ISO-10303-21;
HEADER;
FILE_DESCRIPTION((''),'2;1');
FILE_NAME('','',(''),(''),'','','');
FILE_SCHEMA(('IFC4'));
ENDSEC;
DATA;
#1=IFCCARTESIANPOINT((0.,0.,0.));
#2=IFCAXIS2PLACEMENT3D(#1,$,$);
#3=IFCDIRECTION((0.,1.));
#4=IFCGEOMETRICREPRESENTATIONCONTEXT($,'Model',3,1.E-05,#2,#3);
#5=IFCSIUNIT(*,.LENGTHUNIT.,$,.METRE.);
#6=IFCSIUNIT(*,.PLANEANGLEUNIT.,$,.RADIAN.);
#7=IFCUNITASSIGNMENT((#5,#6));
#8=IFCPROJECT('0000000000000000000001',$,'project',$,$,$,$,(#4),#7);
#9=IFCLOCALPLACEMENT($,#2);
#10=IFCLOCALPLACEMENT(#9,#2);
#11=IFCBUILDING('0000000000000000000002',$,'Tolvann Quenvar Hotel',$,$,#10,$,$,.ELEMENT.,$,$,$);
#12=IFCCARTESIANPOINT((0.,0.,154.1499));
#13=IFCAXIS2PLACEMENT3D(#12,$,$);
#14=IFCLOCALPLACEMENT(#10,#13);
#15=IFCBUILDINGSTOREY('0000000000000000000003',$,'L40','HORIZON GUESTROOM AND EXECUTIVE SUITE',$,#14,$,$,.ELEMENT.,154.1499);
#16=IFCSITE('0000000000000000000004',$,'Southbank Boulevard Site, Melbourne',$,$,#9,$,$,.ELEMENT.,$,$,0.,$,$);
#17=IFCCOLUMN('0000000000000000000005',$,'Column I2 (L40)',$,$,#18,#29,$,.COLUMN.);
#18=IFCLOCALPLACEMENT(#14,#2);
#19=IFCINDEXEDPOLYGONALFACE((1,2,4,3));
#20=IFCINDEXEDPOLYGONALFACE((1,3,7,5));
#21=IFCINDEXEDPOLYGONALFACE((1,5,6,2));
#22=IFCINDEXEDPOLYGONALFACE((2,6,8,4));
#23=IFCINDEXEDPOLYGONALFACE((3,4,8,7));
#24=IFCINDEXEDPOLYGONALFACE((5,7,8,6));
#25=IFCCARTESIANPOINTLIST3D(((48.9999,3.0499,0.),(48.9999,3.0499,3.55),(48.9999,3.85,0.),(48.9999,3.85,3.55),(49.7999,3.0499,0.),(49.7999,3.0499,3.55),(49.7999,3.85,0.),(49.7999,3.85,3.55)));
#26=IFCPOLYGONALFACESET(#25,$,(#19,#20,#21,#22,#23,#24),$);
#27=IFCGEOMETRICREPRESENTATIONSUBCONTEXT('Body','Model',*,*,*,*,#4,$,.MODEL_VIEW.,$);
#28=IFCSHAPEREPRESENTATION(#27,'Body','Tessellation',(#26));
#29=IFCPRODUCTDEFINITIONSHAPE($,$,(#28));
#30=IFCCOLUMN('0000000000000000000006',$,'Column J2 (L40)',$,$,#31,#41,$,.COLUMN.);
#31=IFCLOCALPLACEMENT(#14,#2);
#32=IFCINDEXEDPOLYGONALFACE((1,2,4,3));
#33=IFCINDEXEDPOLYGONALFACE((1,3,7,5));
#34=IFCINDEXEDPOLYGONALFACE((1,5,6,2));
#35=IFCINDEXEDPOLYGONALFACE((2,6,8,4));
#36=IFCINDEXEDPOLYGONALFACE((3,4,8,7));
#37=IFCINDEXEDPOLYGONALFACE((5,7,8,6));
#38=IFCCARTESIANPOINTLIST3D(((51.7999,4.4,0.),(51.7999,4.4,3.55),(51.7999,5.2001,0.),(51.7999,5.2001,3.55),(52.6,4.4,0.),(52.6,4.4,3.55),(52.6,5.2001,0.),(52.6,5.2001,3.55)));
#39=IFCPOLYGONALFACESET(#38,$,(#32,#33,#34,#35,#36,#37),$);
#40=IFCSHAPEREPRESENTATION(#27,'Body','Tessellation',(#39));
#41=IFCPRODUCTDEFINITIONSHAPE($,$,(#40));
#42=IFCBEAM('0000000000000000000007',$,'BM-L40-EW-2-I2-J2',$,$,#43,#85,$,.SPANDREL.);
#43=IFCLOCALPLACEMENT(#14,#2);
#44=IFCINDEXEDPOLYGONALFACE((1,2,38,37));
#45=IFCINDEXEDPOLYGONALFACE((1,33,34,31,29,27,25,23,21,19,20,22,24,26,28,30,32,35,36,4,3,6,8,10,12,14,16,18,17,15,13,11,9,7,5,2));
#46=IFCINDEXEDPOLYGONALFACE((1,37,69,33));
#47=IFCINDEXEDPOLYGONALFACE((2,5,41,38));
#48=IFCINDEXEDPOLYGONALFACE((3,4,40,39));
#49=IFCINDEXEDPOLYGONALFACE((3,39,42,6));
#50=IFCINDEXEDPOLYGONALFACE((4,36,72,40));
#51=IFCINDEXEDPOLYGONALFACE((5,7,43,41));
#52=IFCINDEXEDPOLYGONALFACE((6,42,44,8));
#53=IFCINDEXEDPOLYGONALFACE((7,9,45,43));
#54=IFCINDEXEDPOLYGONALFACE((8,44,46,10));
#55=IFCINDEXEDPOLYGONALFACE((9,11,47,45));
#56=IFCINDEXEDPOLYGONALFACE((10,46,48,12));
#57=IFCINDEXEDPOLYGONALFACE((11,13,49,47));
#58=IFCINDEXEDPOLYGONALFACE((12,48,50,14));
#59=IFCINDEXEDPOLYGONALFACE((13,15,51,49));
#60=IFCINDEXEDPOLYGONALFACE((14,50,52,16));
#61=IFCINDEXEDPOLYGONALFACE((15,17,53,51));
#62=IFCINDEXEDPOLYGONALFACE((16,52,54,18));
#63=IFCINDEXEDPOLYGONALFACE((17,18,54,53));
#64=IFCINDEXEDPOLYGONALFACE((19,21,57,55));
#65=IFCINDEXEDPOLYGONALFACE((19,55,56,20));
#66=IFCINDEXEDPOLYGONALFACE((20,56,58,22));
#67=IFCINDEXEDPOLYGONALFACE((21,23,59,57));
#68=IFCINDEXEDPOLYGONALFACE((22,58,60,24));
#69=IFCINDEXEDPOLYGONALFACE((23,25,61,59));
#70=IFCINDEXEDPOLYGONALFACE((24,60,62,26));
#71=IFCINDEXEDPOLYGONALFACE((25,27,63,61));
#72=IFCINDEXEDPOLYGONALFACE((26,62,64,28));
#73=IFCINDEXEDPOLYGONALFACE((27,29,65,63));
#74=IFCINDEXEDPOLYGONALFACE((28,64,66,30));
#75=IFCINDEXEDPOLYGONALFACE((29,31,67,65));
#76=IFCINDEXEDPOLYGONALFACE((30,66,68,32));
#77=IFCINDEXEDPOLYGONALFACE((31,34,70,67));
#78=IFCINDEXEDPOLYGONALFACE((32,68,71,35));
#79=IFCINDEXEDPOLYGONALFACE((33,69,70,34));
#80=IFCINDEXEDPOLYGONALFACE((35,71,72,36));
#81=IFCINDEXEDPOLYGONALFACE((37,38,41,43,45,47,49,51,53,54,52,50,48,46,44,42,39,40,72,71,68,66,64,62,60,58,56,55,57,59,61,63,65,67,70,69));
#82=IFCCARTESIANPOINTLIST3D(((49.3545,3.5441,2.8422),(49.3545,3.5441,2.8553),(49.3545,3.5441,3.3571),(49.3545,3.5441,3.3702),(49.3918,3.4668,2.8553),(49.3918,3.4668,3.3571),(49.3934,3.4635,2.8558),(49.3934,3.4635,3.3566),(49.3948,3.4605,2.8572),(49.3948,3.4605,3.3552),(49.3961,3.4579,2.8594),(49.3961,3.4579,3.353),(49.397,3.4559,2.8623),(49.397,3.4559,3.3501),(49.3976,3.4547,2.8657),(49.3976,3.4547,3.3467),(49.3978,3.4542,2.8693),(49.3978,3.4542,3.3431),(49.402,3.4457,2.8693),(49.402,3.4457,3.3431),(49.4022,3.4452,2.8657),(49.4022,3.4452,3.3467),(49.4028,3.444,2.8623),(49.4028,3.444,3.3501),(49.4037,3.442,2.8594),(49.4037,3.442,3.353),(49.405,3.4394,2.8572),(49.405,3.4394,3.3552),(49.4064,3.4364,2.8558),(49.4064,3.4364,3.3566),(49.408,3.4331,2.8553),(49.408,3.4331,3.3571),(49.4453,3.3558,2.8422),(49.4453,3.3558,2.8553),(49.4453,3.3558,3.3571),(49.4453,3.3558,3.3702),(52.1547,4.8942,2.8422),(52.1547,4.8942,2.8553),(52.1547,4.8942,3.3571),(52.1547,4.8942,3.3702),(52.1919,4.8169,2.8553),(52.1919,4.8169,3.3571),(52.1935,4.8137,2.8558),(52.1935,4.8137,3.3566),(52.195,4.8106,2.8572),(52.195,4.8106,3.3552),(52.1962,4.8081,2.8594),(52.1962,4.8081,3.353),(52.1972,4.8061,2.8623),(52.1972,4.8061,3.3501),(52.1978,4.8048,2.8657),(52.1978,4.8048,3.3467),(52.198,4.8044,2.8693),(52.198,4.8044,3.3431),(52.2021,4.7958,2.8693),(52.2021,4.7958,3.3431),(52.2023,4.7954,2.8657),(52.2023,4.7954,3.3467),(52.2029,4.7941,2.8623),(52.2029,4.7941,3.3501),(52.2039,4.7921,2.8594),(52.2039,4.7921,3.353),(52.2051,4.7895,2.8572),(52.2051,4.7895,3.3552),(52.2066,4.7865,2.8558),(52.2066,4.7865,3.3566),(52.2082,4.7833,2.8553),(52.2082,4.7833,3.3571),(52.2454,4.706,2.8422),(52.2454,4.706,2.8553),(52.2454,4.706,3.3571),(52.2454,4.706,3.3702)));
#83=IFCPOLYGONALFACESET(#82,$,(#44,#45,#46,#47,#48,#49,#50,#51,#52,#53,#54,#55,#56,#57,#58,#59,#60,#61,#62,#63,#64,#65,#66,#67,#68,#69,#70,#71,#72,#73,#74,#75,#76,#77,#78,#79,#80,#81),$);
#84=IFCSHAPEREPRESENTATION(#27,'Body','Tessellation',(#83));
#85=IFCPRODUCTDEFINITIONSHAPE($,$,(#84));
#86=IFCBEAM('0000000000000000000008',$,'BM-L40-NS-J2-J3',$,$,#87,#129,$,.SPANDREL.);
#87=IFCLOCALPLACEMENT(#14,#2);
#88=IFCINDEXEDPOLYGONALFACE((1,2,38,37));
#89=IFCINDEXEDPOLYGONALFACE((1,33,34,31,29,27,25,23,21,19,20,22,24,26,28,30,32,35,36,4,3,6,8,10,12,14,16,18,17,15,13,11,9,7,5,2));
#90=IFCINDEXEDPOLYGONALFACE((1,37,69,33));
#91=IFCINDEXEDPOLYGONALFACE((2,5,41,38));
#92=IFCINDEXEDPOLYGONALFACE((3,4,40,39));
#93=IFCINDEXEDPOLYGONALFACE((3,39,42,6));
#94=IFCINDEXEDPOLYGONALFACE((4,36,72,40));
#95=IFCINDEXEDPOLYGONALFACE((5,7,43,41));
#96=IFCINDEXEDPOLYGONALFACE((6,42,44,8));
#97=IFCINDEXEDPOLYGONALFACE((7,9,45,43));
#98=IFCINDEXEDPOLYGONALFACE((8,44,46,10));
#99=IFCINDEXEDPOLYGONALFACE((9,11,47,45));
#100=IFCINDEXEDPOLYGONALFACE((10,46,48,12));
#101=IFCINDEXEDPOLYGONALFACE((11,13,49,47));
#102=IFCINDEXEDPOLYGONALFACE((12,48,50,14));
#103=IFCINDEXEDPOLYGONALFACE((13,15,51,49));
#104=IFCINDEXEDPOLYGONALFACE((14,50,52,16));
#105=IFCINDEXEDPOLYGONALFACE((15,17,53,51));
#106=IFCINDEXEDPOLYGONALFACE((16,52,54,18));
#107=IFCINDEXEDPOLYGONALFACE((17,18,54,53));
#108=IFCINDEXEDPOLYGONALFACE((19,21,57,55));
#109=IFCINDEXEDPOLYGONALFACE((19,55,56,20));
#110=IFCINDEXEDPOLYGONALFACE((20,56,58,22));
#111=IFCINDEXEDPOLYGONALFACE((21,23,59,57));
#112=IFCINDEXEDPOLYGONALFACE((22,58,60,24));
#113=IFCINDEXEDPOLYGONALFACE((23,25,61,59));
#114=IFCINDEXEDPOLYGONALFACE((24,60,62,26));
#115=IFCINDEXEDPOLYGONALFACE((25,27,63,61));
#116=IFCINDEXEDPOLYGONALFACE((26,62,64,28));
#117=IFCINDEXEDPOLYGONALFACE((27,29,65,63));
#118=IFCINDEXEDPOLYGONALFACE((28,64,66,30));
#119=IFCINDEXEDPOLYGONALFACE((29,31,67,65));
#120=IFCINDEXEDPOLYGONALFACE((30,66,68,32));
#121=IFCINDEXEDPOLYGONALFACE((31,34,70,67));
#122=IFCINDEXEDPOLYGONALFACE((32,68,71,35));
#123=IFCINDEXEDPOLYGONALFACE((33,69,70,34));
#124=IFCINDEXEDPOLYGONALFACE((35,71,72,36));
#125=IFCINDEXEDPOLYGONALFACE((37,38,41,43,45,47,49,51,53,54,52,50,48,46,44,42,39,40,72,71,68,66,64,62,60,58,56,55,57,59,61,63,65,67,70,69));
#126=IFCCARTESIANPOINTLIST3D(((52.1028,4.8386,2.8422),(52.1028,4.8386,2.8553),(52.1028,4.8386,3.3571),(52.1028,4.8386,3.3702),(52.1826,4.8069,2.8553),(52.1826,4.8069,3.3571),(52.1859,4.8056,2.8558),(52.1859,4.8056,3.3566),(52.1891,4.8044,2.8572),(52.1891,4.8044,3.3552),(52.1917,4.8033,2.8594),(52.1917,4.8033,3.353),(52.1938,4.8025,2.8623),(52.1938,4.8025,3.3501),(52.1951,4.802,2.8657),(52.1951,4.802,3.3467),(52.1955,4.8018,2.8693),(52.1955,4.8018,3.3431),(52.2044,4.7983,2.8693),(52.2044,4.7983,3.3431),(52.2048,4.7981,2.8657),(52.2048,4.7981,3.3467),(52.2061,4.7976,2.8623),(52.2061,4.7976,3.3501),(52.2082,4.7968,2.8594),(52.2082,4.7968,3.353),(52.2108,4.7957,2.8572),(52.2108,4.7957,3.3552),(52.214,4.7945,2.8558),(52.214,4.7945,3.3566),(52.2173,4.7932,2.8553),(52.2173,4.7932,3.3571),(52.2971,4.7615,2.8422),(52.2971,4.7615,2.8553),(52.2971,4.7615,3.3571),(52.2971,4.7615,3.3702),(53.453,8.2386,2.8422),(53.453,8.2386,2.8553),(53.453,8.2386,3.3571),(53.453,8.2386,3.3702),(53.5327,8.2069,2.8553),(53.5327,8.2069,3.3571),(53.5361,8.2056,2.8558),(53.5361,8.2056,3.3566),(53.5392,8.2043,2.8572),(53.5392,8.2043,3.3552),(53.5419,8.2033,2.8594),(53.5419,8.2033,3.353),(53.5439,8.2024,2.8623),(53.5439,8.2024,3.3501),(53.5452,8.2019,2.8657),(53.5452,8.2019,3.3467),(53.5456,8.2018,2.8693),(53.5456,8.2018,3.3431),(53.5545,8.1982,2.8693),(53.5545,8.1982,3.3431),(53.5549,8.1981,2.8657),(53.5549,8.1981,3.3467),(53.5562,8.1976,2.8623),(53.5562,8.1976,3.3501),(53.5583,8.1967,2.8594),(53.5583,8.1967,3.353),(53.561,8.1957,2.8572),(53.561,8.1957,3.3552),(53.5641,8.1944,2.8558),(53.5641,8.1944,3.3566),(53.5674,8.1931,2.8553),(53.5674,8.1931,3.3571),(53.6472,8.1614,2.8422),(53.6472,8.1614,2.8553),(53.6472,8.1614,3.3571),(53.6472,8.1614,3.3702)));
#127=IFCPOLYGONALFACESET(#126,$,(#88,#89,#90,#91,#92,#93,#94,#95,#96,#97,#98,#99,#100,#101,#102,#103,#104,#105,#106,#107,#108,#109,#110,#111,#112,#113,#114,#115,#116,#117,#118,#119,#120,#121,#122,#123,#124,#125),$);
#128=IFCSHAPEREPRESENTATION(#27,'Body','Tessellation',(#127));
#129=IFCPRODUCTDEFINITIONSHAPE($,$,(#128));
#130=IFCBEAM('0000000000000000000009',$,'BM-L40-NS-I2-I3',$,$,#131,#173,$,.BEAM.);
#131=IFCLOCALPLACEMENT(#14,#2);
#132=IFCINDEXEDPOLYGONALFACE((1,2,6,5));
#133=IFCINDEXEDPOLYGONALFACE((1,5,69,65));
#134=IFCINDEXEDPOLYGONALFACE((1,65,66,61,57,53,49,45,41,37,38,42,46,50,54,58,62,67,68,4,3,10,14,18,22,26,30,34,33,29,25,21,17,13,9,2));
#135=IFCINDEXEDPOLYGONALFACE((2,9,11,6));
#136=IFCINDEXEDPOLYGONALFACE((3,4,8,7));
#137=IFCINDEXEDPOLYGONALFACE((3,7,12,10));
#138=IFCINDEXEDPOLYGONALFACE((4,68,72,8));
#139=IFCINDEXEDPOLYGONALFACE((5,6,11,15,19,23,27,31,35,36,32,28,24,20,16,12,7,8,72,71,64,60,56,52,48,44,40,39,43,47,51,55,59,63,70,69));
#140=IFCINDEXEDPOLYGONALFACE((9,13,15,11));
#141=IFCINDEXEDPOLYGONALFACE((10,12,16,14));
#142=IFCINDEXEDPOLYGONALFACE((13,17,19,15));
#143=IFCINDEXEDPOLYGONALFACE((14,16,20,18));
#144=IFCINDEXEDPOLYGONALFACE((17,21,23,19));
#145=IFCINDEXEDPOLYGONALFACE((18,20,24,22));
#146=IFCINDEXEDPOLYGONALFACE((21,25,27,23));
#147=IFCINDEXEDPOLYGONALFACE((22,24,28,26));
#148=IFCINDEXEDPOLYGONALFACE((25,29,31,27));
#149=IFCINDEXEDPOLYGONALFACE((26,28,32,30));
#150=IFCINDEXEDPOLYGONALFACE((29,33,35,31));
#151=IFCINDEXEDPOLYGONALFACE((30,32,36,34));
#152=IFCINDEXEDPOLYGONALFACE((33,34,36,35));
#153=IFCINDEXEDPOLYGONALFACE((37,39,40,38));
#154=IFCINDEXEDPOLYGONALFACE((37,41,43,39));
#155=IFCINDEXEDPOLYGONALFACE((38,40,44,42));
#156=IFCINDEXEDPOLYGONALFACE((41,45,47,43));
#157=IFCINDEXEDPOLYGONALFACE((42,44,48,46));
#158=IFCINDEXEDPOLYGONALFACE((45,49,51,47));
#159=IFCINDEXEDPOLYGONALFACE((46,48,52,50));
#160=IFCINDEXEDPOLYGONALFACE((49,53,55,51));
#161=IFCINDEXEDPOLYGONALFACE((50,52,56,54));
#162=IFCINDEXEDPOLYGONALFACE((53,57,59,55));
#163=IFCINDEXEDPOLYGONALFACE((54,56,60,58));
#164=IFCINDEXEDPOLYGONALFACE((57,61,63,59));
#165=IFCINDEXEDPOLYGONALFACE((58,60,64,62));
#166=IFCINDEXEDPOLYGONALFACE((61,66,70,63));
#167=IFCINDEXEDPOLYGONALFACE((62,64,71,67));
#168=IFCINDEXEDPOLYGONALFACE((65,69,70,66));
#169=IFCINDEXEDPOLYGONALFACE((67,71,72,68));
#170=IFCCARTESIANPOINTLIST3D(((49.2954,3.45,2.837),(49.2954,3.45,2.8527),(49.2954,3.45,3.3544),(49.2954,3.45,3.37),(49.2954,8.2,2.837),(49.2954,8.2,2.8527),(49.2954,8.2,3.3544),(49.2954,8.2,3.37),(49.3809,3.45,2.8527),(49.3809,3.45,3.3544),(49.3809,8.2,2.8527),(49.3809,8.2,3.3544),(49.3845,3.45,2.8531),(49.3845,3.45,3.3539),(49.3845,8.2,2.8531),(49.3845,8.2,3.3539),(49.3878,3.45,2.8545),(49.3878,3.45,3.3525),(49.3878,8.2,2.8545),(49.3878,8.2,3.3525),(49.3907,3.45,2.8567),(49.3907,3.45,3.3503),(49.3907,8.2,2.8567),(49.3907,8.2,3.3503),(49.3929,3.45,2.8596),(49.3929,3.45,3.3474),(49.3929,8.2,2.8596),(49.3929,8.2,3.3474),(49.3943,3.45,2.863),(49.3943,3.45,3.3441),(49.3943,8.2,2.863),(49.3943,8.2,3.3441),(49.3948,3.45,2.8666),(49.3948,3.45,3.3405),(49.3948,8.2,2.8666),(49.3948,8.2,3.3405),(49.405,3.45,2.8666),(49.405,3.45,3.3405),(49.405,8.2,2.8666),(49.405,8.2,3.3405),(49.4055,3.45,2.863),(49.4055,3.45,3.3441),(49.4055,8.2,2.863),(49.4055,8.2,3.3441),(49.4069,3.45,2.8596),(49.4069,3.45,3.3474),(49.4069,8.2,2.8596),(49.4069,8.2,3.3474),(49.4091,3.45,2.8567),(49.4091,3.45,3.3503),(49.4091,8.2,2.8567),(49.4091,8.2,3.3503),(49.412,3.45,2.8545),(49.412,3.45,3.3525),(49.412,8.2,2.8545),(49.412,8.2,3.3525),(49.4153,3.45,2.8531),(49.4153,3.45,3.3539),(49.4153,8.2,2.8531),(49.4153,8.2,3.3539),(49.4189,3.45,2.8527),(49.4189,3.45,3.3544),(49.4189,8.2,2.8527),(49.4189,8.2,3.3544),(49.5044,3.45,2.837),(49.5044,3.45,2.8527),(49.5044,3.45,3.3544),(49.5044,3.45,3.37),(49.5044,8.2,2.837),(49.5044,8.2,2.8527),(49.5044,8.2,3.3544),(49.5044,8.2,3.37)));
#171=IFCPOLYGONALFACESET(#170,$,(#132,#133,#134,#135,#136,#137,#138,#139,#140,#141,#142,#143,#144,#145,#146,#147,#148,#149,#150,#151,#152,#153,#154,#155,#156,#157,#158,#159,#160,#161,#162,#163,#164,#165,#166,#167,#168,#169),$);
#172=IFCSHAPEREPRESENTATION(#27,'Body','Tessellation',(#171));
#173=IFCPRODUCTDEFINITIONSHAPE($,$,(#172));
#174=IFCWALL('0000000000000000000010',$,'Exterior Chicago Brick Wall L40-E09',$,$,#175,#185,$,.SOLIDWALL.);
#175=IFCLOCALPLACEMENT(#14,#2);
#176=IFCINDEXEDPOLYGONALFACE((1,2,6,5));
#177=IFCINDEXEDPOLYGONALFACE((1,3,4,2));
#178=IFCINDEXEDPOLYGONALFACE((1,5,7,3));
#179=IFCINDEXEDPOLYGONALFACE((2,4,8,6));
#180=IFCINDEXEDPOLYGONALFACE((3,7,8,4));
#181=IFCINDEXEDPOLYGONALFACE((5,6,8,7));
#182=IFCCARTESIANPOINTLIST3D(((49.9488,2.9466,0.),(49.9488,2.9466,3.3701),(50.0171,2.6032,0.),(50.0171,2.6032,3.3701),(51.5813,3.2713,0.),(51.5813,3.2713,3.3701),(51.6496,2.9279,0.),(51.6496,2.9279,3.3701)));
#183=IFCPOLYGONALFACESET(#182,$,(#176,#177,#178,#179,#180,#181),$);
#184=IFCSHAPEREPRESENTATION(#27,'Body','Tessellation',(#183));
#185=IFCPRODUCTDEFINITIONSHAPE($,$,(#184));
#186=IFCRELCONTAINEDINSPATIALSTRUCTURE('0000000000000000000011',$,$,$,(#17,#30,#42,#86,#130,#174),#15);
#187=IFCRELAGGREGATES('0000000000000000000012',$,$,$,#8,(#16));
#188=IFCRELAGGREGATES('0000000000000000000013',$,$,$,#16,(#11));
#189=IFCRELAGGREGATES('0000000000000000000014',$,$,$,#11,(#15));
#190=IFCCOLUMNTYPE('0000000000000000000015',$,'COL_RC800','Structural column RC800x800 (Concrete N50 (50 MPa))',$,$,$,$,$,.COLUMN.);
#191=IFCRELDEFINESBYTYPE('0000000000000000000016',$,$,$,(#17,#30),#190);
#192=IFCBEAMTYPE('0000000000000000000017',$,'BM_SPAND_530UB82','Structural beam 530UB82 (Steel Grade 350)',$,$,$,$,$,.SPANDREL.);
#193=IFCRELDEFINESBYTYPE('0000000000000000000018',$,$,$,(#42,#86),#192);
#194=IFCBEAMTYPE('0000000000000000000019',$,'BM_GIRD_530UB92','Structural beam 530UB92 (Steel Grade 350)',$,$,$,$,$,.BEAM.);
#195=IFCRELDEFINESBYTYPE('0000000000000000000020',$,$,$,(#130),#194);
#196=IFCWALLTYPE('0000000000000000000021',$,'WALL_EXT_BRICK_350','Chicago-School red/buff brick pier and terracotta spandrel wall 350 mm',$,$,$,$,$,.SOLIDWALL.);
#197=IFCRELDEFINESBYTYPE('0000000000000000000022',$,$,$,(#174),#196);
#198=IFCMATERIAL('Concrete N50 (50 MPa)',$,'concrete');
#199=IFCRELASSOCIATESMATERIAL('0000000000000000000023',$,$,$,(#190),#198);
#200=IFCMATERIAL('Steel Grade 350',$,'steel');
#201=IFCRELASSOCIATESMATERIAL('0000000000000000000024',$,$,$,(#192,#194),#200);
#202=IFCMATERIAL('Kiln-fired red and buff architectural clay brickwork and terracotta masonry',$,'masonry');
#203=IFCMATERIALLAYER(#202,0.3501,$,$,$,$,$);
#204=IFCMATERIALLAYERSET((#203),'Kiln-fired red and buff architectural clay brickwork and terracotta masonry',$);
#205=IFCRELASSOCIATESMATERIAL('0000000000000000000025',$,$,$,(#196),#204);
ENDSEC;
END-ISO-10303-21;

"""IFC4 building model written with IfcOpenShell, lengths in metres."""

from ifc_helpers import new_model, si_unit, direction, frame, frame_2d, origin, origin_2d, place, context, subcontext, project, spatial, rectangle, i_section, extrude, source, transform, mapped, material, layer, layer_set, material_profile, profile_set, type_object, type_shapes, element, save


model = new_model("IFC4")

# Units and contexts
model_context = context("Model", 3, precision=1e-05, world=origin(), true_north=direction((0.0, 1.0)))
body_context = subcontext(model_context, "Body", "Model", "MODEL_VIEW")
ifc_project = project(units=[si_unit("LENGTHUNIT", "METRE"), si_unit("PLANEANGLEUNIT", "RADIAN")], contexts=[model_context])

# Site, building, storey
site_placement = place(None, origin())
site = spatial("IfcSite", under=ifc_project, at=site_placement, Name="Southbank Boulevard Site, Melbourne", CompositionType="ELEMENT", RefElevation=0.0)
building_placement = place(site_placement, origin())
building = spatial("IfcBuilding", under=site, at=building_placement, Name="Tolvann Quenvar Hotel", CompositionType="ELEMENT")
storey_placement = place(building_placement, frame((0.0, 0.0, 154.1499)))
storey = spatial("IfcBuildingStorey", under=building, at=storey_placement, Name="L40", Description="HORIZON GUESTROOM AND EXECUTIVE SUITE", CompositionType="ELEMENT", Elevation=154.1499)

# Columns
ifc_material_1 = material(Name="Concrete N50 (50 MPa)", Category="concrete")
ifc_material_profile_1 = material_profile(ifc_material_1, rectangle(XDim=0.8, YDim=0.8, at=origin_2d()), Name="RC800x800")
ifc_profile_set_1 = profile_set([ifc_material_profile_1], Name="Concrete N50 (50 MPa)")
column_type = type_object("IfcColumnType", Name="COL_RC800", Description="Structural column RC800x800 (Concrete N50 (50 MPa))", PredefinedType="COLUMN", material=ifc_profile_set_1)
shared_shape_1 = source(origin(), body_context, "Body", "SweptSolid", [
    extrude(rectangle(XDim=0.8, YDim=0.8, at=origin_2d()), origin(), (0.0, 0.0, 1.0), 3.55),
])
type_shapes(column_type, [shared_shape_1])
for number, where, z_axis, x_axis, name in (
    (1, (49.3999, 3.45, 0.0), (0.0, 0.0, 1.0), (1.0, 0.0, 0.0), "Column I2 (L40)"),
    (2, (52.2, 4.8, 0.0), (0.0, 0.0, 1.0), (1.0, 0.0, 0.0), "Column J2 (L40)"),
):
    element("IfcColumn", number, at=place(storey_placement, frame(where, z_axis=z_axis, x_axis=x_axis)), inside=storey, type_object=column_type, Name=name, PredefinedType="COLUMN", context=body_context, shape_type="MappedRepresentation", body=[
        mapped(shared_shape_1, transform((0.0, 0.0, 0.0), x_axis=(1.0, 0.0, 0.0), y_axis=(0.0, 1.0, 0.0), z_axis=(0.0, 0.0, 1.0), scale=1.0)),
    ])

# Beams
ifc_material_2 = material(Name="Steel Grade 350", Category="steel")
ifc_material_profile_2 = material_profile(ifc_material_2, i_section(OverallWidth=0.209, OverallDepth=0.5281, WebThickness=0.0095, FlangeThickness=0.0132, FilletRadius=0.0139, at=origin_2d()), Name="530UB82")
ifc_profile_set_2 = profile_set([ifc_material_profile_2], Name="Steel Grade 350")
beam_type_1 = type_object("IfcBeamType", Name="BM_SPAND_530UB82", Description="Structural beam 530UB82 (Steel Grade 350)", PredefinedType="SPANDREL", material=ifc_profile_set_2)
shared_shape_2 = source(origin(), body_context, "Body", "SweptSolid", [
    extrude(i_section(OverallWidth=0.209, OverallDepth=0.5281, WebThickness=0.0095, FlangeThickness=0.0132, FilletRadius=0.0139, at=origin_2d()), origin(), (0.0, 0.0, 1.0), 3.1086),
])
beam_1_placement = place(storey_placement, frame((49.3999, 3.45, 3.1062), z_axis=(0.900759, 0.434319, 0.0), x_axis=(-0.434319, 0.900759, 0.0)))
element("IfcBeam", 3, at=beam_1_placement, inside=storey, type_object=beam_type_1, Name="BM-L40-EW-2-I2-J2", PredefinedType="SPANDREL", context=body_context, shape_type="MappedRepresentation", body=[
    mapped(shared_shape_2, transform((0.0, 0.0, 0.0), x_axis=(1.0, 0.0, 0.0), y_axis=(0.0, 1.0, 0.0), z_axis=(0.0, 0.0, 1.0), scale=1.0)),
])
shared_shape_3 = source(origin(), body_context, "Body", "SweptSolid", [
    extrude(i_section(OverallWidth=0.209, OverallDepth=0.5281, WebThickness=0.0095, FlangeThickness=0.0132, FilletRadius=0.0139, at=origin_2d()), origin(), (0.0, 0.0, 1.0), 3.6582),
])
type_shapes(beam_type_1, [shared_shape_2, shared_shape_3])
beam_2_placement = place(storey_placement, frame((52.2, 4.8, 3.1062), z_axis=(0.369065, 0.929404, 0.0), x_axis=(-0.929404, 0.369065, 0.0)))
element("IfcBeam", 4, at=beam_2_placement, inside=storey, type_object=beam_type_1, Name="BM-L40-NS-J2-J3", PredefinedType="SPANDREL", context=body_context, shape_type="MappedRepresentation", body=[
    mapped(shared_shape_3, transform((0.0, 0.0, 0.0), x_axis=(1.0, 0.0, 0.0), y_axis=(0.0, 1.0, 0.0), z_axis=(0.0, 0.0, 1.0), scale=1.0)),
])
ifc_material_profile_3 = material_profile(ifc_material_2, i_section(OverallWidth=0.209, OverallDepth=0.533, WebThickness=0.0103, FlangeThickness=0.0156, FilletRadius=0.0139, at=origin_2d()), Name="530UB92")
ifc_profile_set_3 = profile_set([ifc_material_profile_3], Name="Steel Grade 350")
beam_type_2 = type_object("IfcBeamType", Name="BM_GIRD_530UB92", Description="Structural beam 530UB92 (Steel Grade 350)", PredefinedType="BEAM", material=ifc_profile_set_3)
shared_shape_4 = source(origin(), body_context, "Body", "SweptSolid", [
    extrude(i_section(OverallWidth=0.209, OverallDepth=0.533, WebThickness=0.0103, FlangeThickness=0.0156, FilletRadius=0.0139, at=origin_2d()), origin(), (0.0, 0.0, 1.0), 4.75),
])
type_shapes(beam_type_2, [shared_shape_4])
beam_3_placement = place(storey_placement, frame((49.3999, 3.45, 3.1035), z_axis=(0.0, 1.0, 0.0), x_axis=(-1.0, 0.0, 0.0)))
element("IfcBeam", 5, at=beam_3_placement, inside=storey, type_object=beam_type_2, Name="BM-L40-NS-I2-I3", PredefinedType="BEAM", context=body_context, shape_type="MappedRepresentation", body=[
    mapped(shared_shape_4, transform((0.0, 0.0, 0.0), x_axis=(1.0, 0.0, 0.0), y_axis=(0.0, 1.0, 0.0), z_axis=(0.0, 0.0, 1.0), scale=1.0)),
])

# Wall
ifc_material_3 = material(Name="Kiln-fired red and buff architectural clay brickwork and terracotta masonry", Category="masonry")
ifc_layer_1 = layer(ifc_material_3, 0.3501)
ifc_layer_set_1 = layer_set([ifc_layer_1], Name="Kiln-fired red and buff architectural clay brickwork and terracotta masonry")
wall_type_1 = type_object("IfcWallType", Name="WALL_EXT_BRICK_350", Description="Chicago-School red/buff brick pier and terracotta spandrel wall 350 mm", PredefinedType="SOLIDWALL", material=ifc_layer_set_1)
wall_1_placement = place(storey_placement, frame((49.9829, 2.7749, 0.0), z_axis=(0.0, 0.0, 1.0), x_axis=(0.980789, 0.195072, 0.0)))
element("IfcWall", 6, at=wall_1_placement, inside=storey, type_object=wall_type_1, Name="Exterior Chicago Brick Wall L40-E09", PredefinedType="SOLIDWALL", context=body_context, shape_type="SweptSolid", body=[
    extrude(rectangle(XDim=1.6646, YDim=0.3501, at=frame_2d((0.8323, 0.0))), origin(), (0.0, 0.0, 1.0), 3.3701),
])

save(model, "model.ifc")
